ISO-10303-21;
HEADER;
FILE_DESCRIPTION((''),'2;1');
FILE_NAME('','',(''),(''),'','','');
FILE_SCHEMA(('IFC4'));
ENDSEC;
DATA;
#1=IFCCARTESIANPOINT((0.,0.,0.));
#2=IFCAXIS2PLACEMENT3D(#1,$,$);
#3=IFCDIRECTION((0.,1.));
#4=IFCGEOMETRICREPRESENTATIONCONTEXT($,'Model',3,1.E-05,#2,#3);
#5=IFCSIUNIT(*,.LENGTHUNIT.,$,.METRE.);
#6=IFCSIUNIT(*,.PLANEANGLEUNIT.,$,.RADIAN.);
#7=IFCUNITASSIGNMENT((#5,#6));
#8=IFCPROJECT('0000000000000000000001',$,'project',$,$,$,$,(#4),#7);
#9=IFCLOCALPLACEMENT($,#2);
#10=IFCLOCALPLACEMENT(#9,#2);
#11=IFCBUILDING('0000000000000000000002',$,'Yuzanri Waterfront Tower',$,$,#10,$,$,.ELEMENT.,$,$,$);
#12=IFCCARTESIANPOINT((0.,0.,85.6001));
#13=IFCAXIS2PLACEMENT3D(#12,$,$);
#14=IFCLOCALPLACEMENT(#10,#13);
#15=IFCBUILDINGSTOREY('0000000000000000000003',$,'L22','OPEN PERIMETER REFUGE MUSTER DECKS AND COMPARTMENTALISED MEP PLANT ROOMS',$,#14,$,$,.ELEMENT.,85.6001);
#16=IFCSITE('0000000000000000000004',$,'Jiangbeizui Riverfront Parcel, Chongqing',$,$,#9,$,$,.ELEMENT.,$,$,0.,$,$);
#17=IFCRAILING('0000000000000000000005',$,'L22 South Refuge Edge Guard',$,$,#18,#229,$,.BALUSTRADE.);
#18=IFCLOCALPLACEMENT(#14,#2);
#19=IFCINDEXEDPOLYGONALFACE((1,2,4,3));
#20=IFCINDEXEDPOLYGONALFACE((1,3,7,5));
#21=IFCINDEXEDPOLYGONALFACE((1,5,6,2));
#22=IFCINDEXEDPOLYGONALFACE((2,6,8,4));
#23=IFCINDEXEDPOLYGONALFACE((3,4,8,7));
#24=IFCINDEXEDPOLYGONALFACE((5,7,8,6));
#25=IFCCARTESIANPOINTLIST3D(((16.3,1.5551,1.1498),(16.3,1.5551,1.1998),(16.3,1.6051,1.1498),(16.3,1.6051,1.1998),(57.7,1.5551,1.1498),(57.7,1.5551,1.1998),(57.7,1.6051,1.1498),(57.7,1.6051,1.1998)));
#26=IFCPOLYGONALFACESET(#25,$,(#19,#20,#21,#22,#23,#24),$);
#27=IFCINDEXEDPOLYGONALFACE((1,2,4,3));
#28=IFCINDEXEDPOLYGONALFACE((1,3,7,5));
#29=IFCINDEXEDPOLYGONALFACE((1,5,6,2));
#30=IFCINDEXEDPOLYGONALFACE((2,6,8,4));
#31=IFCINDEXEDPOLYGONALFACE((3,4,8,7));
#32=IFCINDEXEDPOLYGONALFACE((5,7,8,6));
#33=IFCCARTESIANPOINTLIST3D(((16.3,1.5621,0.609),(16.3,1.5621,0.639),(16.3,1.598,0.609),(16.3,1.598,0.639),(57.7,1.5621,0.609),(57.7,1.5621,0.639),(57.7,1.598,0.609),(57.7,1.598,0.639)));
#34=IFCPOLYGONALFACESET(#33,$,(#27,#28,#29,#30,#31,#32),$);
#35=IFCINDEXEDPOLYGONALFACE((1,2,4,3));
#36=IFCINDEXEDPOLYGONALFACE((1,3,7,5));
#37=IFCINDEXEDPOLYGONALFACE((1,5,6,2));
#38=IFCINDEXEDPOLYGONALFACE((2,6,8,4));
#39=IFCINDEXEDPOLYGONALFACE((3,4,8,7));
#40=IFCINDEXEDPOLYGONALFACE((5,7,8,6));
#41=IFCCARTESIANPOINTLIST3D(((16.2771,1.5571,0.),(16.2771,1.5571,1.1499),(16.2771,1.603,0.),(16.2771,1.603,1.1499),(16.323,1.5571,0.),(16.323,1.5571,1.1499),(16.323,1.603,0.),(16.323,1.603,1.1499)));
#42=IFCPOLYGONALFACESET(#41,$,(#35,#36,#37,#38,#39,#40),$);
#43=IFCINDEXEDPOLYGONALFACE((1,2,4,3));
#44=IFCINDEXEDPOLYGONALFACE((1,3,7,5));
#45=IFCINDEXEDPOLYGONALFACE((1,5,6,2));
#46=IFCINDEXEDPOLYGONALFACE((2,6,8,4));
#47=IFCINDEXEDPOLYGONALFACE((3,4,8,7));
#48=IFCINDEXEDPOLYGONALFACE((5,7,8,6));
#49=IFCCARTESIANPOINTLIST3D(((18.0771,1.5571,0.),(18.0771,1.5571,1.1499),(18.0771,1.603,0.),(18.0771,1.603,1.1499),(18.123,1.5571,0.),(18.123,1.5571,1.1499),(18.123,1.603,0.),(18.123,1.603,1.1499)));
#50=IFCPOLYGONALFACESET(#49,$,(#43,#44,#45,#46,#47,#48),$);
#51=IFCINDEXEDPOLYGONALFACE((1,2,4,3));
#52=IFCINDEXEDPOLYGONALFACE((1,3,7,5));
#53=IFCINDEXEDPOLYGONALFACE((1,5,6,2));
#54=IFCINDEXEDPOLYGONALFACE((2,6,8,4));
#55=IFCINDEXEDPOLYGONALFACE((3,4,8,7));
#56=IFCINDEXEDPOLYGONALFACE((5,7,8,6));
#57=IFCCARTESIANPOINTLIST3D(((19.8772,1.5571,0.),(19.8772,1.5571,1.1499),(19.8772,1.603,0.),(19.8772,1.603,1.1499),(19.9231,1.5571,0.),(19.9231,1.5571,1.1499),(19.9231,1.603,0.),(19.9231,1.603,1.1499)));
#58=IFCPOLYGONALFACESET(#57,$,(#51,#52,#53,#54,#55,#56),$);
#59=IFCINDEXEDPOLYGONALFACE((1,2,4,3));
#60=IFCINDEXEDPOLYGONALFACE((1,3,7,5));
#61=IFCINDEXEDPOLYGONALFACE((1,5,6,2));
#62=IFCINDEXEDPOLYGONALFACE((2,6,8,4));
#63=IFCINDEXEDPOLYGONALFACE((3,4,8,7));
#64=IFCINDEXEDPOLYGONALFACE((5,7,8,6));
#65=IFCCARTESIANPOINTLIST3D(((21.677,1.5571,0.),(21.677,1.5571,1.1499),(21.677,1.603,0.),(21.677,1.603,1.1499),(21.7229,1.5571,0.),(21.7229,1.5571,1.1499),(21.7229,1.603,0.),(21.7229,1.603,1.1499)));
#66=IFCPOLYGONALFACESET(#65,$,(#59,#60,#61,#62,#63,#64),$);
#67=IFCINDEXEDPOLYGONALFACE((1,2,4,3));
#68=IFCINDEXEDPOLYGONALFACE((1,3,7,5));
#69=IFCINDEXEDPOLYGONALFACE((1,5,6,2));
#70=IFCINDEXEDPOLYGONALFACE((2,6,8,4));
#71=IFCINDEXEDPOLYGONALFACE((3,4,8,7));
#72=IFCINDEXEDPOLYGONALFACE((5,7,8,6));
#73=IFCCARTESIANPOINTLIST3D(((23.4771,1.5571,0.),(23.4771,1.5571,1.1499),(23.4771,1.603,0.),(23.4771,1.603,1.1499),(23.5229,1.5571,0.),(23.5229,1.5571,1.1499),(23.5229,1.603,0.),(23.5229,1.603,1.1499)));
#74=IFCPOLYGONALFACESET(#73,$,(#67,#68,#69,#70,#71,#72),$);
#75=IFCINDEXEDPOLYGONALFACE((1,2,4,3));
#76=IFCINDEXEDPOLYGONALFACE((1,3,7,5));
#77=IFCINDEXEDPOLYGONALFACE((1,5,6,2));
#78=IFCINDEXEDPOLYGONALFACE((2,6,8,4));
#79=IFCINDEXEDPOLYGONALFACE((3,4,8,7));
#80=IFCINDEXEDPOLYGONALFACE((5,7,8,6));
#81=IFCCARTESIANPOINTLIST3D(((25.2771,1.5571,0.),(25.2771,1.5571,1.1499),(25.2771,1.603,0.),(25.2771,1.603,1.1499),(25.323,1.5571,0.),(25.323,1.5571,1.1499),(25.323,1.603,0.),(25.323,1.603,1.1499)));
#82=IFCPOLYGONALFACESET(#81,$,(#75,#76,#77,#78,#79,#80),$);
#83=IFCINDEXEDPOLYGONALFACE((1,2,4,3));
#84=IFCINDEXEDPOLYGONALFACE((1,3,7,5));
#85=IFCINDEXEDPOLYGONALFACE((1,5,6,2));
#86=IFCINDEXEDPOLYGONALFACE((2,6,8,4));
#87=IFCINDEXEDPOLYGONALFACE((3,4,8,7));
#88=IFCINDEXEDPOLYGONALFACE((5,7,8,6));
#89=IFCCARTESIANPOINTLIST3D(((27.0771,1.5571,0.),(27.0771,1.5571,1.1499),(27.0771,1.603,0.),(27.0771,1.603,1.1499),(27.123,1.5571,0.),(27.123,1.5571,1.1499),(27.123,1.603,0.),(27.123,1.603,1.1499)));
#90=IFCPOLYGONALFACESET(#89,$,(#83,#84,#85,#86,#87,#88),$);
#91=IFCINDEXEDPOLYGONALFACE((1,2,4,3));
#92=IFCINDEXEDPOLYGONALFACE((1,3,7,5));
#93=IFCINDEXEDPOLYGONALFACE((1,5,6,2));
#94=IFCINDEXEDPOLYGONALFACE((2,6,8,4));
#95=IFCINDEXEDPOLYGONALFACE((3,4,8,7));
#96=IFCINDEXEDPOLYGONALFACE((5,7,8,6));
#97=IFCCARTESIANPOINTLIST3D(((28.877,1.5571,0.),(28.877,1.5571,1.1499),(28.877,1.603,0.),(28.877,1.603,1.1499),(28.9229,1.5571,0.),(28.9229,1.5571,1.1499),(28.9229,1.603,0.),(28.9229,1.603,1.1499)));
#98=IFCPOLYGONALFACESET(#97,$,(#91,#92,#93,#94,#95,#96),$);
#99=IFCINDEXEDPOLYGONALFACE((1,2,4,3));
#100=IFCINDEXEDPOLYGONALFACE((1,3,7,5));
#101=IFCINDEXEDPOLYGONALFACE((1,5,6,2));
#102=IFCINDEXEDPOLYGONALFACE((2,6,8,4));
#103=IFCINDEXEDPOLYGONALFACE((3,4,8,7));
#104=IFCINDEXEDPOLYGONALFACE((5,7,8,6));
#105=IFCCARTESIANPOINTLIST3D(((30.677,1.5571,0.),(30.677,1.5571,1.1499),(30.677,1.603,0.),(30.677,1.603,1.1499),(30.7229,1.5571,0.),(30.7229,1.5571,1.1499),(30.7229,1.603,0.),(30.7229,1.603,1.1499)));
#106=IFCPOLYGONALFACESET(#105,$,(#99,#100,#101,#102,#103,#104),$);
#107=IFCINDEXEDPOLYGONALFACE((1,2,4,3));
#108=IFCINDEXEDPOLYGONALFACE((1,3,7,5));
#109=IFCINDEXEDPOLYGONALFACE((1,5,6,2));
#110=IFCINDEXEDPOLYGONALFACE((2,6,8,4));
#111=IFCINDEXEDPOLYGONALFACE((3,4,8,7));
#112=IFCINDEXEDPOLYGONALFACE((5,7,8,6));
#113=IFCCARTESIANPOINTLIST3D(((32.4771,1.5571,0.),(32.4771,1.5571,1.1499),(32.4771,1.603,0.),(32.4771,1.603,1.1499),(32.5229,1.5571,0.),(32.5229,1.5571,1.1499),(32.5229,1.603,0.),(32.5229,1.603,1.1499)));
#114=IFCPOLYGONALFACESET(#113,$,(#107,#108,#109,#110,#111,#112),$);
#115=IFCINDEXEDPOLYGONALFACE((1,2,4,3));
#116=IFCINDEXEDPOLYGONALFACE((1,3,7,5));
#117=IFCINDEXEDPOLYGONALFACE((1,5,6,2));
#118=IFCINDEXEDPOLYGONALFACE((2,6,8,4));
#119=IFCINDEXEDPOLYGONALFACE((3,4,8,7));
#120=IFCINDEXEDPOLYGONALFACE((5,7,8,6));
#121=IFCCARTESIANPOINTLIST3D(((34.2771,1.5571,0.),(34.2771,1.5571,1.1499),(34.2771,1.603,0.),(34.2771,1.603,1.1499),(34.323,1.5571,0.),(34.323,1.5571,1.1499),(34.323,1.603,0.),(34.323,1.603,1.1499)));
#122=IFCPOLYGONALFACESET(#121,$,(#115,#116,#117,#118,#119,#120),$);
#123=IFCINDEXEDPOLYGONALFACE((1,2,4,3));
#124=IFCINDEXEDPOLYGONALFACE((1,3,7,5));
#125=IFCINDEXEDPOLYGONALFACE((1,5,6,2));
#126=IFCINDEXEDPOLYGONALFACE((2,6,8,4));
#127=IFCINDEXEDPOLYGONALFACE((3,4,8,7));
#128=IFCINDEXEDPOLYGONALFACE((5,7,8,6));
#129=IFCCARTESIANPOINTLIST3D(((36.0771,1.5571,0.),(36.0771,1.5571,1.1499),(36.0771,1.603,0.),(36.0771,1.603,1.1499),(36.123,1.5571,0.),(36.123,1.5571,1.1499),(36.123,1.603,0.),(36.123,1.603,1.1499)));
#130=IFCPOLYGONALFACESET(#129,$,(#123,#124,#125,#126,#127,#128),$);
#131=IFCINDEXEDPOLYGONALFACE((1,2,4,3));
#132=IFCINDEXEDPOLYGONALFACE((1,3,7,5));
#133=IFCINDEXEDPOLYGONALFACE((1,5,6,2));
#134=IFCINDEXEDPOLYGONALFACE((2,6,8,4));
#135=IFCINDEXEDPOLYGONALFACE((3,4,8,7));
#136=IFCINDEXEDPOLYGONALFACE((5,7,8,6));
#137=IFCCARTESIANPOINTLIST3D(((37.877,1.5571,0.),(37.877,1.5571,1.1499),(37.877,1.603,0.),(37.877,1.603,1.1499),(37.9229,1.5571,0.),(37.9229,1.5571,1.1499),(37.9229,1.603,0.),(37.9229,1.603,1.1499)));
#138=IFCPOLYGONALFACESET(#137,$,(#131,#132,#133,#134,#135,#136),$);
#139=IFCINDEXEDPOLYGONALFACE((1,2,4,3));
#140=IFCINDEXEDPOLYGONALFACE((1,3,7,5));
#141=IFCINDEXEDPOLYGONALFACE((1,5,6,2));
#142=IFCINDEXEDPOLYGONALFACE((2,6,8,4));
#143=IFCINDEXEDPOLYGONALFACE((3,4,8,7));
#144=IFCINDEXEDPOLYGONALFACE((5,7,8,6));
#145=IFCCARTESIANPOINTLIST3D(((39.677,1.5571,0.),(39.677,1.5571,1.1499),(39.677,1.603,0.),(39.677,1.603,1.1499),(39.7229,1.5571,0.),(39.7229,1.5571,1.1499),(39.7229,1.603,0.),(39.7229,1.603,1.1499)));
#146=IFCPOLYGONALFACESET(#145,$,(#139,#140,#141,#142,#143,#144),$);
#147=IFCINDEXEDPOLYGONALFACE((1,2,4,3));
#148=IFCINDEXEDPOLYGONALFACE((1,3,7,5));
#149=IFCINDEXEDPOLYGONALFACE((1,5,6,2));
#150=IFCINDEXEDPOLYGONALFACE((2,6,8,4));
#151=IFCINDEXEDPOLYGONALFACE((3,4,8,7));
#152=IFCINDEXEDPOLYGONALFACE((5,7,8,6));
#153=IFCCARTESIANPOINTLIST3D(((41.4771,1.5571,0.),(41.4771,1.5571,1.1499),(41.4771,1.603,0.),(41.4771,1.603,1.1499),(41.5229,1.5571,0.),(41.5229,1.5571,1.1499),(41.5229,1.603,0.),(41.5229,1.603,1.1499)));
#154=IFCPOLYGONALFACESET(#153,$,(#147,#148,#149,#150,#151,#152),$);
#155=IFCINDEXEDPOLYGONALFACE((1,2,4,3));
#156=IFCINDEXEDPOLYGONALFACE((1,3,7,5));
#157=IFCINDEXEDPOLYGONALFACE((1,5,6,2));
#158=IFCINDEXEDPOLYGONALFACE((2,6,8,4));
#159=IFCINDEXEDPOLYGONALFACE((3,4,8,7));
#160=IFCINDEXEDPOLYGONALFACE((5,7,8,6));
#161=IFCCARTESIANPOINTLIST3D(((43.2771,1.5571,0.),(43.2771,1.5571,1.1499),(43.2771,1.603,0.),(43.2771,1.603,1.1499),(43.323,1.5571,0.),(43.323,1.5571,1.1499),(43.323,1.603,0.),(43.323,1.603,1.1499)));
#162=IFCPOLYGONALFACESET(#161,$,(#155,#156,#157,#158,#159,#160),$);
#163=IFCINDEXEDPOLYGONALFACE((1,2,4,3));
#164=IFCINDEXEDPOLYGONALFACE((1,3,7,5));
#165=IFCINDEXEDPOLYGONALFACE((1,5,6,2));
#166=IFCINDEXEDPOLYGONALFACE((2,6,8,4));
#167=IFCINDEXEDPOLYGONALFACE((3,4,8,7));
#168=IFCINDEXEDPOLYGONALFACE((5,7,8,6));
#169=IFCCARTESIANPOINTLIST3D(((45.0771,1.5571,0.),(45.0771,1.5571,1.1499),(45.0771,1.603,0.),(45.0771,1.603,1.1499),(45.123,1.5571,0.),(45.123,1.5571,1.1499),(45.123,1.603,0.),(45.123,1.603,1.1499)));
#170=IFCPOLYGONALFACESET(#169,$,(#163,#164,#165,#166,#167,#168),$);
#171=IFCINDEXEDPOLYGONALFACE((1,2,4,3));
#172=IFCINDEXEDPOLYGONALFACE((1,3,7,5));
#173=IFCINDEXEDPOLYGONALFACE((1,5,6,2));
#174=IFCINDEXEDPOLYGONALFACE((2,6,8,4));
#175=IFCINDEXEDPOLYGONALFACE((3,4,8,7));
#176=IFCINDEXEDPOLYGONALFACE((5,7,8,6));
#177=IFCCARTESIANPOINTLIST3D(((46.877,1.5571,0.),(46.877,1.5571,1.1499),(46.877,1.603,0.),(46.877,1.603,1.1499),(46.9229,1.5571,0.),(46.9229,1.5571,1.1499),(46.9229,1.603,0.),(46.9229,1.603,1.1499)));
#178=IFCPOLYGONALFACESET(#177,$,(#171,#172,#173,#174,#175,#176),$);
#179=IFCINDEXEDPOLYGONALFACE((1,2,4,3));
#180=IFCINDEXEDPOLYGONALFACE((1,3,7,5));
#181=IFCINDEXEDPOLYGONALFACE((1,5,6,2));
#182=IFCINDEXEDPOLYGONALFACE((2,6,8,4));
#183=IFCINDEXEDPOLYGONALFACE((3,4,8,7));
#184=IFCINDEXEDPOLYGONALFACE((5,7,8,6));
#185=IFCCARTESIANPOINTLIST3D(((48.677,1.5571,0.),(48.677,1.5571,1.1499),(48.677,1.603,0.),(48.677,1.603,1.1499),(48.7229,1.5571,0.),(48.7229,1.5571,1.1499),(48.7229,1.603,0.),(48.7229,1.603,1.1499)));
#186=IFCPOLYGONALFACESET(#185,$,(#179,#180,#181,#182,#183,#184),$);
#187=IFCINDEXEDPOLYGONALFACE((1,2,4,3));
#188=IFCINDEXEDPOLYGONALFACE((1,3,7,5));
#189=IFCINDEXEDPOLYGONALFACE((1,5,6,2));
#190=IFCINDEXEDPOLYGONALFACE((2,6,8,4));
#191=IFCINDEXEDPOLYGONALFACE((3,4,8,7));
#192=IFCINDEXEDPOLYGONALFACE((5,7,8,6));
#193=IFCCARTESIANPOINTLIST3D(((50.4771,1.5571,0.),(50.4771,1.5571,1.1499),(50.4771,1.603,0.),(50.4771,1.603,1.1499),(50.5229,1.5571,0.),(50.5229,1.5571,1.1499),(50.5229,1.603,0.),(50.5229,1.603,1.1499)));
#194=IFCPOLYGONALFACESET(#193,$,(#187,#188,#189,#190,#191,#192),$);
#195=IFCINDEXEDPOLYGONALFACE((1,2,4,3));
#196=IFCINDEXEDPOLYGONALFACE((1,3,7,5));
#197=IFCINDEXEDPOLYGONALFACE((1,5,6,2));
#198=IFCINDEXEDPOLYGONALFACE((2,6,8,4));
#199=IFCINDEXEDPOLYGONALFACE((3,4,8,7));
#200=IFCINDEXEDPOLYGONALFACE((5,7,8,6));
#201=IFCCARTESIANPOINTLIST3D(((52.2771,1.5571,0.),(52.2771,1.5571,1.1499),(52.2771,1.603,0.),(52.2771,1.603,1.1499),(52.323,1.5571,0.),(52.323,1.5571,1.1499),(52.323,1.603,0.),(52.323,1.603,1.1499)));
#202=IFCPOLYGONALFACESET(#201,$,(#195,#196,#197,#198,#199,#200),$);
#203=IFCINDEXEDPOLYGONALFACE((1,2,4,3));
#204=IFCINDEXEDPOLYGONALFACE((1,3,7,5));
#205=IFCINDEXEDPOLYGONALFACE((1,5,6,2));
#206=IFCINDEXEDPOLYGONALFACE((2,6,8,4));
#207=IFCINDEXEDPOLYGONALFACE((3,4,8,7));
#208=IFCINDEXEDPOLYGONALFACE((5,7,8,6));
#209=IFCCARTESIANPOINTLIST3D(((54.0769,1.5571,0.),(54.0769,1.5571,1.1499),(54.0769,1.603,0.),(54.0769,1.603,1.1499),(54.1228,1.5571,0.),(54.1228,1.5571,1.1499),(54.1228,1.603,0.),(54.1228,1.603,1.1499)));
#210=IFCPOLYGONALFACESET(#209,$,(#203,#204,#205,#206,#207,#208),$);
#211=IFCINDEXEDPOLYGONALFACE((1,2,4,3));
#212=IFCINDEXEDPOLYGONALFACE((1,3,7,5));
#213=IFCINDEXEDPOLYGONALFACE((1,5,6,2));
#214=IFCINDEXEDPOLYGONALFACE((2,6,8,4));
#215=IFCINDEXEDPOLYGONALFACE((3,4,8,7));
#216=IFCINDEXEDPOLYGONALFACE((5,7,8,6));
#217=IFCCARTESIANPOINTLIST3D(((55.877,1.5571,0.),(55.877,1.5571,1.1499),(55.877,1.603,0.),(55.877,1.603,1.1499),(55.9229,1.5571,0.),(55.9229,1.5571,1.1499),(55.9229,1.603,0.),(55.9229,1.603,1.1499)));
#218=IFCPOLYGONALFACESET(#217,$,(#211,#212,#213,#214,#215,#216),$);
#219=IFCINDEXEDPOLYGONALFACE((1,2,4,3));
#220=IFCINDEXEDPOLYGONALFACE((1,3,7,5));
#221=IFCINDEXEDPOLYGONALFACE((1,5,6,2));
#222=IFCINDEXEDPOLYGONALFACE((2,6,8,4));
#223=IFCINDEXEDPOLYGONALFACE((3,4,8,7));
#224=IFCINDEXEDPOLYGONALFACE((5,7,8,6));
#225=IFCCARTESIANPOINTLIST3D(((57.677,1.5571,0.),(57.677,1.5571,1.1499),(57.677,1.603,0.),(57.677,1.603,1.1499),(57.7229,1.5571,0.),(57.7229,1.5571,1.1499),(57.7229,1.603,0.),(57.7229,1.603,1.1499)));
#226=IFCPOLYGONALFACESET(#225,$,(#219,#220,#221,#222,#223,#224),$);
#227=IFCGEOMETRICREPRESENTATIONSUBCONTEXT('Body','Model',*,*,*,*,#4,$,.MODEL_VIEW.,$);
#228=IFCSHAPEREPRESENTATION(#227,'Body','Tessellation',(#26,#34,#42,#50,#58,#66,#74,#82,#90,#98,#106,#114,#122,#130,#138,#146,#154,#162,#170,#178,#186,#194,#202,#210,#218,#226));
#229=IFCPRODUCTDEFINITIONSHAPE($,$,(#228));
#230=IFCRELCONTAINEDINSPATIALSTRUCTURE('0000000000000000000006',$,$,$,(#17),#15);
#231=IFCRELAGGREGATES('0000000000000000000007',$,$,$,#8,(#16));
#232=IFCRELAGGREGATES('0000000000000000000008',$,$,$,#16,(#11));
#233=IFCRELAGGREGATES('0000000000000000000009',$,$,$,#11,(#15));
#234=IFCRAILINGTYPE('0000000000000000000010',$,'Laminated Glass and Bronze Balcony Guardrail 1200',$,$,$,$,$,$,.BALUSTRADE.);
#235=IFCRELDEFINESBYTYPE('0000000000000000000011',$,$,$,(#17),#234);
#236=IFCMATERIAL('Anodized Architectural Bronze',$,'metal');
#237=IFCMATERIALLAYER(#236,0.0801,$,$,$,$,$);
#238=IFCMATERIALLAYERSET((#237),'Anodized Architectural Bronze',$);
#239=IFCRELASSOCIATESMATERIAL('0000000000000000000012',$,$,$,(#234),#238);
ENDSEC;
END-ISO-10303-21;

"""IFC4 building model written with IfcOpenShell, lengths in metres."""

from ifc_helpers import new_model, si_unit, direction, frame, origin, origin_2d, place, context, subcontext, project, spatial, rectangle, extrude, source, transform, mapped, material, layer, layer_set, type_object, element, save


model = new_model("IFC4")

# Units and contexts
model_context = context("Model", 3, precision=1e-05, world=origin(), true_north=direction((0.0, 1.0)))
body_context = subcontext(model_context, "Body", "Model", "MODEL_VIEW")
ifc_project = project(units=[si_unit("LENGTHUNIT", "METRE"), si_unit("PLANEANGLEUNIT", "RADIAN")], contexts=[model_context])

# Site, building, storey
site_placement = place(None, origin())
site = spatial("IfcSite", under=ifc_project, at=site_placement, Name="Jiangbeizui Riverfront Parcel, Chongqing", CompositionType="ELEMENT", RefElevation=0.0)
building_placement = place(site_placement, origin())
building = spatial("IfcBuilding", under=site, at=building_placement, Name="Yuzanri Waterfront Tower", CompositionType="ELEMENT")
storey_placement = place(building_placement, frame((0.0, 0.0, 85.6001)))
storey = spatial("IfcBuildingStorey", under=building, at=storey_placement, Name="L22", Description="OPEN PERIMETER REFUGE MUSTER DECKS AND COMPARTMENTALISED MEP PLANT ROOMS", CompositionType="ELEMENT", Elevation=85.6001)

# Railing
ifc_material_1 = material(Name="Anodized Architectural Bronze", Category="metal")
ifc_layer_1 = layer(ifc_material_1, 0.0801)
ifc_layer_set_1 = layer_set([ifc_layer_1], Name="Anodized Architectural Bronze")
railing_type = type_object("IfcRailingType", Name="Laminated Glass and Bronze Balcony Guardrail 1200", PredefinedType="BALUSTRADE", material=ifc_layer_set_1)
shared_shape_1 = source(origin(), body_context, "Body", "SweptSolid", [
    extrude(rectangle(XDim=0.05, YDim=0.05, at=origin_2d()), frame((0.0, 0.0, 1.1748), z_axis=(1.0, 0.0, 0.0), x_axis=(0.0, 1.0, 0.0)), (0.0, 0.0, 1.0), 41.3999),
    extrude(rectangle(XDim=0.0359, YDim=0.03, at=origin_2d()), frame((0.0, 0.0, 0.624), z_axis=(1.0, 0.0, 0.0), x_axis=(0.0, 1.0, 0.0)), (0.0, 0.0, 1.0), 41.3999),
    extrude(rectangle(XDim=0.0459, YDim=0.0459, at=origin_2d()), origin(), (0.0, 0.0, 1.0), 1.1499),
    extrude(rectangle(XDim=0.0459, YDim=0.0459, at=origin_2d()), frame((1.8, 0.0, 0.0)), (0.0, 0.0, 1.0), 1.1499),
    extrude(rectangle(XDim=0.0459, YDim=0.0459, at=origin_2d()), frame((3.6001, 0.0, 0.0)), (0.0, 0.0, 1.0), 1.1499),
    extrude(rectangle(XDim=0.0459, YDim=0.0459, at=origin_2d()), frame((5.3999, 0.0, 0.0)), (0.0, 0.0, 1.0), 1.1499),
    extrude(rectangle(XDim=0.0459, YDim=0.0459, at=origin_2d()), frame((7.2, 0.0, 0.0)), (0.0, 0.0, 1.0), 1.1499),
    extrude(rectangle(XDim=0.0459, YDim=0.0459, at=origin_2d()), frame((9.0, 0.0, 0.0)), (0.0, 0.0, 1.0), 1.1499),
    extrude(rectangle(XDim=0.0459, YDim=0.0459, at=origin_2d()), frame((10.8, 0.0, 0.0)), (0.0, 0.0, 1.0), 1.1499),
    extrude(rectangle(XDim=0.0459, YDim=0.0459, at=origin_2d()), frame((12.5999, 0.0, 0.0)), (0.0, 0.0, 1.0), 1.1499),
    extrude(rectangle(XDim=0.0459, YDim=0.0459, at=origin_2d()), frame((14.3999, 0.0, 0.0)), (0.0, 0.0, 1.0), 1.1499),
    extrude(rectangle(XDim=0.0459, YDim=0.0459, at=origin_2d()), frame((16.2, 0.0, 0.0)), (0.0, 0.0, 1.0), 1.1499),
    extrude(rectangle(XDim=0.0459, YDim=0.0459, at=origin_2d()), frame((18.0, 0.0, 0.0)), (0.0, 0.0, 1.0), 1.1499),
    extrude(rectangle(XDim=0.0459, YDim=0.0459, at=origin_2d()), frame((19.8, 0.0, 0.0)), (0.0, 0.0, 1.0), 1.1499),
    extrude(rectangle(XDim=0.0459, YDim=0.0459, at=origin_2d()), frame((21.5999, 0.0, 0.0)), (0.0, 0.0, 1.0), 1.1499),
    extrude(rectangle(XDim=0.0459, YDim=0.0459, at=origin_2d()), frame((23.3999, 0.0, 0.0)), (0.0, 0.0, 1.0), 1.1499),
    extrude(rectangle(XDim=0.0459, YDim=0.0459, at=origin_2d()), frame((25.2, 0.0, 0.0)), (0.0, 0.0, 1.0), 1.1499),
    extrude(rectangle(XDim=0.0459, YDim=0.0459, at=origin_2d()), frame((27.0, 0.0, 0.0)), (0.0, 0.0, 1.0), 1.1499),
    extrude(rectangle(XDim=0.0459, YDim=0.0459, at=origin_2d()), frame((28.8, 0.0, 0.0)), (0.0, 0.0, 1.0), 1.1499),
    extrude(rectangle(XDim=0.0459, YDim=0.0459, at=origin_2d()), frame((30.5999, 0.0, 0.0)), (0.0, 0.0, 1.0), 1.1499),
    extrude(rectangle(XDim=0.0459, YDim=0.0459, at=origin_2d()), frame((32.3999, 0.0, 0.0)), (0.0, 0.0, 1.0), 1.1499),
    extrude(rectangle(XDim=0.0459, YDim=0.0459, at=origin_2d()), frame((34.2, 0.0, 0.0)), (0.0, 0.0, 1.0), 1.1499),
    extrude(rectangle(XDim=0.0459, YDim=0.0459, at=origin_2d()), frame((36.0, 0.0, 0.0)), (0.0, 0.0, 1.0), 1.1499),
    extrude(rectangle(XDim=0.0459, YDim=0.0459, at=origin_2d()), frame((37.7998, 0.0, 0.0)), (0.0, 0.0, 1.0), 1.1499),
    extrude(rectangle(XDim=0.0459, YDim=0.0459, at=origin_2d()), frame((39.5999, 0.0, 0.0)), (0.0, 0.0, 1.0), 1.1499),
    extrude(rectangle(XDim=0.0459, YDim=0.0459, at=origin_2d()), frame((41.3999, 0.0, 0.0)), (0.0, 0.0, 1.0), 1.1499),
])
railing_1_placement = place(storey_placement, frame((16.3, 1.5801, 0.0)))
element("IfcRailing", 1, at=railing_1_placement, inside=storey, type_object=railing_type, Name="L22 South Refuge Edge Guard", PredefinedType="BALUSTRADE", context=body_context, shape_type="MappedRepresentation", body=[
    mapped(shared_shape_1, transform((0.0, 0.0, 0.0), scale=1.0)),
])

save(model, "model.ifc")
